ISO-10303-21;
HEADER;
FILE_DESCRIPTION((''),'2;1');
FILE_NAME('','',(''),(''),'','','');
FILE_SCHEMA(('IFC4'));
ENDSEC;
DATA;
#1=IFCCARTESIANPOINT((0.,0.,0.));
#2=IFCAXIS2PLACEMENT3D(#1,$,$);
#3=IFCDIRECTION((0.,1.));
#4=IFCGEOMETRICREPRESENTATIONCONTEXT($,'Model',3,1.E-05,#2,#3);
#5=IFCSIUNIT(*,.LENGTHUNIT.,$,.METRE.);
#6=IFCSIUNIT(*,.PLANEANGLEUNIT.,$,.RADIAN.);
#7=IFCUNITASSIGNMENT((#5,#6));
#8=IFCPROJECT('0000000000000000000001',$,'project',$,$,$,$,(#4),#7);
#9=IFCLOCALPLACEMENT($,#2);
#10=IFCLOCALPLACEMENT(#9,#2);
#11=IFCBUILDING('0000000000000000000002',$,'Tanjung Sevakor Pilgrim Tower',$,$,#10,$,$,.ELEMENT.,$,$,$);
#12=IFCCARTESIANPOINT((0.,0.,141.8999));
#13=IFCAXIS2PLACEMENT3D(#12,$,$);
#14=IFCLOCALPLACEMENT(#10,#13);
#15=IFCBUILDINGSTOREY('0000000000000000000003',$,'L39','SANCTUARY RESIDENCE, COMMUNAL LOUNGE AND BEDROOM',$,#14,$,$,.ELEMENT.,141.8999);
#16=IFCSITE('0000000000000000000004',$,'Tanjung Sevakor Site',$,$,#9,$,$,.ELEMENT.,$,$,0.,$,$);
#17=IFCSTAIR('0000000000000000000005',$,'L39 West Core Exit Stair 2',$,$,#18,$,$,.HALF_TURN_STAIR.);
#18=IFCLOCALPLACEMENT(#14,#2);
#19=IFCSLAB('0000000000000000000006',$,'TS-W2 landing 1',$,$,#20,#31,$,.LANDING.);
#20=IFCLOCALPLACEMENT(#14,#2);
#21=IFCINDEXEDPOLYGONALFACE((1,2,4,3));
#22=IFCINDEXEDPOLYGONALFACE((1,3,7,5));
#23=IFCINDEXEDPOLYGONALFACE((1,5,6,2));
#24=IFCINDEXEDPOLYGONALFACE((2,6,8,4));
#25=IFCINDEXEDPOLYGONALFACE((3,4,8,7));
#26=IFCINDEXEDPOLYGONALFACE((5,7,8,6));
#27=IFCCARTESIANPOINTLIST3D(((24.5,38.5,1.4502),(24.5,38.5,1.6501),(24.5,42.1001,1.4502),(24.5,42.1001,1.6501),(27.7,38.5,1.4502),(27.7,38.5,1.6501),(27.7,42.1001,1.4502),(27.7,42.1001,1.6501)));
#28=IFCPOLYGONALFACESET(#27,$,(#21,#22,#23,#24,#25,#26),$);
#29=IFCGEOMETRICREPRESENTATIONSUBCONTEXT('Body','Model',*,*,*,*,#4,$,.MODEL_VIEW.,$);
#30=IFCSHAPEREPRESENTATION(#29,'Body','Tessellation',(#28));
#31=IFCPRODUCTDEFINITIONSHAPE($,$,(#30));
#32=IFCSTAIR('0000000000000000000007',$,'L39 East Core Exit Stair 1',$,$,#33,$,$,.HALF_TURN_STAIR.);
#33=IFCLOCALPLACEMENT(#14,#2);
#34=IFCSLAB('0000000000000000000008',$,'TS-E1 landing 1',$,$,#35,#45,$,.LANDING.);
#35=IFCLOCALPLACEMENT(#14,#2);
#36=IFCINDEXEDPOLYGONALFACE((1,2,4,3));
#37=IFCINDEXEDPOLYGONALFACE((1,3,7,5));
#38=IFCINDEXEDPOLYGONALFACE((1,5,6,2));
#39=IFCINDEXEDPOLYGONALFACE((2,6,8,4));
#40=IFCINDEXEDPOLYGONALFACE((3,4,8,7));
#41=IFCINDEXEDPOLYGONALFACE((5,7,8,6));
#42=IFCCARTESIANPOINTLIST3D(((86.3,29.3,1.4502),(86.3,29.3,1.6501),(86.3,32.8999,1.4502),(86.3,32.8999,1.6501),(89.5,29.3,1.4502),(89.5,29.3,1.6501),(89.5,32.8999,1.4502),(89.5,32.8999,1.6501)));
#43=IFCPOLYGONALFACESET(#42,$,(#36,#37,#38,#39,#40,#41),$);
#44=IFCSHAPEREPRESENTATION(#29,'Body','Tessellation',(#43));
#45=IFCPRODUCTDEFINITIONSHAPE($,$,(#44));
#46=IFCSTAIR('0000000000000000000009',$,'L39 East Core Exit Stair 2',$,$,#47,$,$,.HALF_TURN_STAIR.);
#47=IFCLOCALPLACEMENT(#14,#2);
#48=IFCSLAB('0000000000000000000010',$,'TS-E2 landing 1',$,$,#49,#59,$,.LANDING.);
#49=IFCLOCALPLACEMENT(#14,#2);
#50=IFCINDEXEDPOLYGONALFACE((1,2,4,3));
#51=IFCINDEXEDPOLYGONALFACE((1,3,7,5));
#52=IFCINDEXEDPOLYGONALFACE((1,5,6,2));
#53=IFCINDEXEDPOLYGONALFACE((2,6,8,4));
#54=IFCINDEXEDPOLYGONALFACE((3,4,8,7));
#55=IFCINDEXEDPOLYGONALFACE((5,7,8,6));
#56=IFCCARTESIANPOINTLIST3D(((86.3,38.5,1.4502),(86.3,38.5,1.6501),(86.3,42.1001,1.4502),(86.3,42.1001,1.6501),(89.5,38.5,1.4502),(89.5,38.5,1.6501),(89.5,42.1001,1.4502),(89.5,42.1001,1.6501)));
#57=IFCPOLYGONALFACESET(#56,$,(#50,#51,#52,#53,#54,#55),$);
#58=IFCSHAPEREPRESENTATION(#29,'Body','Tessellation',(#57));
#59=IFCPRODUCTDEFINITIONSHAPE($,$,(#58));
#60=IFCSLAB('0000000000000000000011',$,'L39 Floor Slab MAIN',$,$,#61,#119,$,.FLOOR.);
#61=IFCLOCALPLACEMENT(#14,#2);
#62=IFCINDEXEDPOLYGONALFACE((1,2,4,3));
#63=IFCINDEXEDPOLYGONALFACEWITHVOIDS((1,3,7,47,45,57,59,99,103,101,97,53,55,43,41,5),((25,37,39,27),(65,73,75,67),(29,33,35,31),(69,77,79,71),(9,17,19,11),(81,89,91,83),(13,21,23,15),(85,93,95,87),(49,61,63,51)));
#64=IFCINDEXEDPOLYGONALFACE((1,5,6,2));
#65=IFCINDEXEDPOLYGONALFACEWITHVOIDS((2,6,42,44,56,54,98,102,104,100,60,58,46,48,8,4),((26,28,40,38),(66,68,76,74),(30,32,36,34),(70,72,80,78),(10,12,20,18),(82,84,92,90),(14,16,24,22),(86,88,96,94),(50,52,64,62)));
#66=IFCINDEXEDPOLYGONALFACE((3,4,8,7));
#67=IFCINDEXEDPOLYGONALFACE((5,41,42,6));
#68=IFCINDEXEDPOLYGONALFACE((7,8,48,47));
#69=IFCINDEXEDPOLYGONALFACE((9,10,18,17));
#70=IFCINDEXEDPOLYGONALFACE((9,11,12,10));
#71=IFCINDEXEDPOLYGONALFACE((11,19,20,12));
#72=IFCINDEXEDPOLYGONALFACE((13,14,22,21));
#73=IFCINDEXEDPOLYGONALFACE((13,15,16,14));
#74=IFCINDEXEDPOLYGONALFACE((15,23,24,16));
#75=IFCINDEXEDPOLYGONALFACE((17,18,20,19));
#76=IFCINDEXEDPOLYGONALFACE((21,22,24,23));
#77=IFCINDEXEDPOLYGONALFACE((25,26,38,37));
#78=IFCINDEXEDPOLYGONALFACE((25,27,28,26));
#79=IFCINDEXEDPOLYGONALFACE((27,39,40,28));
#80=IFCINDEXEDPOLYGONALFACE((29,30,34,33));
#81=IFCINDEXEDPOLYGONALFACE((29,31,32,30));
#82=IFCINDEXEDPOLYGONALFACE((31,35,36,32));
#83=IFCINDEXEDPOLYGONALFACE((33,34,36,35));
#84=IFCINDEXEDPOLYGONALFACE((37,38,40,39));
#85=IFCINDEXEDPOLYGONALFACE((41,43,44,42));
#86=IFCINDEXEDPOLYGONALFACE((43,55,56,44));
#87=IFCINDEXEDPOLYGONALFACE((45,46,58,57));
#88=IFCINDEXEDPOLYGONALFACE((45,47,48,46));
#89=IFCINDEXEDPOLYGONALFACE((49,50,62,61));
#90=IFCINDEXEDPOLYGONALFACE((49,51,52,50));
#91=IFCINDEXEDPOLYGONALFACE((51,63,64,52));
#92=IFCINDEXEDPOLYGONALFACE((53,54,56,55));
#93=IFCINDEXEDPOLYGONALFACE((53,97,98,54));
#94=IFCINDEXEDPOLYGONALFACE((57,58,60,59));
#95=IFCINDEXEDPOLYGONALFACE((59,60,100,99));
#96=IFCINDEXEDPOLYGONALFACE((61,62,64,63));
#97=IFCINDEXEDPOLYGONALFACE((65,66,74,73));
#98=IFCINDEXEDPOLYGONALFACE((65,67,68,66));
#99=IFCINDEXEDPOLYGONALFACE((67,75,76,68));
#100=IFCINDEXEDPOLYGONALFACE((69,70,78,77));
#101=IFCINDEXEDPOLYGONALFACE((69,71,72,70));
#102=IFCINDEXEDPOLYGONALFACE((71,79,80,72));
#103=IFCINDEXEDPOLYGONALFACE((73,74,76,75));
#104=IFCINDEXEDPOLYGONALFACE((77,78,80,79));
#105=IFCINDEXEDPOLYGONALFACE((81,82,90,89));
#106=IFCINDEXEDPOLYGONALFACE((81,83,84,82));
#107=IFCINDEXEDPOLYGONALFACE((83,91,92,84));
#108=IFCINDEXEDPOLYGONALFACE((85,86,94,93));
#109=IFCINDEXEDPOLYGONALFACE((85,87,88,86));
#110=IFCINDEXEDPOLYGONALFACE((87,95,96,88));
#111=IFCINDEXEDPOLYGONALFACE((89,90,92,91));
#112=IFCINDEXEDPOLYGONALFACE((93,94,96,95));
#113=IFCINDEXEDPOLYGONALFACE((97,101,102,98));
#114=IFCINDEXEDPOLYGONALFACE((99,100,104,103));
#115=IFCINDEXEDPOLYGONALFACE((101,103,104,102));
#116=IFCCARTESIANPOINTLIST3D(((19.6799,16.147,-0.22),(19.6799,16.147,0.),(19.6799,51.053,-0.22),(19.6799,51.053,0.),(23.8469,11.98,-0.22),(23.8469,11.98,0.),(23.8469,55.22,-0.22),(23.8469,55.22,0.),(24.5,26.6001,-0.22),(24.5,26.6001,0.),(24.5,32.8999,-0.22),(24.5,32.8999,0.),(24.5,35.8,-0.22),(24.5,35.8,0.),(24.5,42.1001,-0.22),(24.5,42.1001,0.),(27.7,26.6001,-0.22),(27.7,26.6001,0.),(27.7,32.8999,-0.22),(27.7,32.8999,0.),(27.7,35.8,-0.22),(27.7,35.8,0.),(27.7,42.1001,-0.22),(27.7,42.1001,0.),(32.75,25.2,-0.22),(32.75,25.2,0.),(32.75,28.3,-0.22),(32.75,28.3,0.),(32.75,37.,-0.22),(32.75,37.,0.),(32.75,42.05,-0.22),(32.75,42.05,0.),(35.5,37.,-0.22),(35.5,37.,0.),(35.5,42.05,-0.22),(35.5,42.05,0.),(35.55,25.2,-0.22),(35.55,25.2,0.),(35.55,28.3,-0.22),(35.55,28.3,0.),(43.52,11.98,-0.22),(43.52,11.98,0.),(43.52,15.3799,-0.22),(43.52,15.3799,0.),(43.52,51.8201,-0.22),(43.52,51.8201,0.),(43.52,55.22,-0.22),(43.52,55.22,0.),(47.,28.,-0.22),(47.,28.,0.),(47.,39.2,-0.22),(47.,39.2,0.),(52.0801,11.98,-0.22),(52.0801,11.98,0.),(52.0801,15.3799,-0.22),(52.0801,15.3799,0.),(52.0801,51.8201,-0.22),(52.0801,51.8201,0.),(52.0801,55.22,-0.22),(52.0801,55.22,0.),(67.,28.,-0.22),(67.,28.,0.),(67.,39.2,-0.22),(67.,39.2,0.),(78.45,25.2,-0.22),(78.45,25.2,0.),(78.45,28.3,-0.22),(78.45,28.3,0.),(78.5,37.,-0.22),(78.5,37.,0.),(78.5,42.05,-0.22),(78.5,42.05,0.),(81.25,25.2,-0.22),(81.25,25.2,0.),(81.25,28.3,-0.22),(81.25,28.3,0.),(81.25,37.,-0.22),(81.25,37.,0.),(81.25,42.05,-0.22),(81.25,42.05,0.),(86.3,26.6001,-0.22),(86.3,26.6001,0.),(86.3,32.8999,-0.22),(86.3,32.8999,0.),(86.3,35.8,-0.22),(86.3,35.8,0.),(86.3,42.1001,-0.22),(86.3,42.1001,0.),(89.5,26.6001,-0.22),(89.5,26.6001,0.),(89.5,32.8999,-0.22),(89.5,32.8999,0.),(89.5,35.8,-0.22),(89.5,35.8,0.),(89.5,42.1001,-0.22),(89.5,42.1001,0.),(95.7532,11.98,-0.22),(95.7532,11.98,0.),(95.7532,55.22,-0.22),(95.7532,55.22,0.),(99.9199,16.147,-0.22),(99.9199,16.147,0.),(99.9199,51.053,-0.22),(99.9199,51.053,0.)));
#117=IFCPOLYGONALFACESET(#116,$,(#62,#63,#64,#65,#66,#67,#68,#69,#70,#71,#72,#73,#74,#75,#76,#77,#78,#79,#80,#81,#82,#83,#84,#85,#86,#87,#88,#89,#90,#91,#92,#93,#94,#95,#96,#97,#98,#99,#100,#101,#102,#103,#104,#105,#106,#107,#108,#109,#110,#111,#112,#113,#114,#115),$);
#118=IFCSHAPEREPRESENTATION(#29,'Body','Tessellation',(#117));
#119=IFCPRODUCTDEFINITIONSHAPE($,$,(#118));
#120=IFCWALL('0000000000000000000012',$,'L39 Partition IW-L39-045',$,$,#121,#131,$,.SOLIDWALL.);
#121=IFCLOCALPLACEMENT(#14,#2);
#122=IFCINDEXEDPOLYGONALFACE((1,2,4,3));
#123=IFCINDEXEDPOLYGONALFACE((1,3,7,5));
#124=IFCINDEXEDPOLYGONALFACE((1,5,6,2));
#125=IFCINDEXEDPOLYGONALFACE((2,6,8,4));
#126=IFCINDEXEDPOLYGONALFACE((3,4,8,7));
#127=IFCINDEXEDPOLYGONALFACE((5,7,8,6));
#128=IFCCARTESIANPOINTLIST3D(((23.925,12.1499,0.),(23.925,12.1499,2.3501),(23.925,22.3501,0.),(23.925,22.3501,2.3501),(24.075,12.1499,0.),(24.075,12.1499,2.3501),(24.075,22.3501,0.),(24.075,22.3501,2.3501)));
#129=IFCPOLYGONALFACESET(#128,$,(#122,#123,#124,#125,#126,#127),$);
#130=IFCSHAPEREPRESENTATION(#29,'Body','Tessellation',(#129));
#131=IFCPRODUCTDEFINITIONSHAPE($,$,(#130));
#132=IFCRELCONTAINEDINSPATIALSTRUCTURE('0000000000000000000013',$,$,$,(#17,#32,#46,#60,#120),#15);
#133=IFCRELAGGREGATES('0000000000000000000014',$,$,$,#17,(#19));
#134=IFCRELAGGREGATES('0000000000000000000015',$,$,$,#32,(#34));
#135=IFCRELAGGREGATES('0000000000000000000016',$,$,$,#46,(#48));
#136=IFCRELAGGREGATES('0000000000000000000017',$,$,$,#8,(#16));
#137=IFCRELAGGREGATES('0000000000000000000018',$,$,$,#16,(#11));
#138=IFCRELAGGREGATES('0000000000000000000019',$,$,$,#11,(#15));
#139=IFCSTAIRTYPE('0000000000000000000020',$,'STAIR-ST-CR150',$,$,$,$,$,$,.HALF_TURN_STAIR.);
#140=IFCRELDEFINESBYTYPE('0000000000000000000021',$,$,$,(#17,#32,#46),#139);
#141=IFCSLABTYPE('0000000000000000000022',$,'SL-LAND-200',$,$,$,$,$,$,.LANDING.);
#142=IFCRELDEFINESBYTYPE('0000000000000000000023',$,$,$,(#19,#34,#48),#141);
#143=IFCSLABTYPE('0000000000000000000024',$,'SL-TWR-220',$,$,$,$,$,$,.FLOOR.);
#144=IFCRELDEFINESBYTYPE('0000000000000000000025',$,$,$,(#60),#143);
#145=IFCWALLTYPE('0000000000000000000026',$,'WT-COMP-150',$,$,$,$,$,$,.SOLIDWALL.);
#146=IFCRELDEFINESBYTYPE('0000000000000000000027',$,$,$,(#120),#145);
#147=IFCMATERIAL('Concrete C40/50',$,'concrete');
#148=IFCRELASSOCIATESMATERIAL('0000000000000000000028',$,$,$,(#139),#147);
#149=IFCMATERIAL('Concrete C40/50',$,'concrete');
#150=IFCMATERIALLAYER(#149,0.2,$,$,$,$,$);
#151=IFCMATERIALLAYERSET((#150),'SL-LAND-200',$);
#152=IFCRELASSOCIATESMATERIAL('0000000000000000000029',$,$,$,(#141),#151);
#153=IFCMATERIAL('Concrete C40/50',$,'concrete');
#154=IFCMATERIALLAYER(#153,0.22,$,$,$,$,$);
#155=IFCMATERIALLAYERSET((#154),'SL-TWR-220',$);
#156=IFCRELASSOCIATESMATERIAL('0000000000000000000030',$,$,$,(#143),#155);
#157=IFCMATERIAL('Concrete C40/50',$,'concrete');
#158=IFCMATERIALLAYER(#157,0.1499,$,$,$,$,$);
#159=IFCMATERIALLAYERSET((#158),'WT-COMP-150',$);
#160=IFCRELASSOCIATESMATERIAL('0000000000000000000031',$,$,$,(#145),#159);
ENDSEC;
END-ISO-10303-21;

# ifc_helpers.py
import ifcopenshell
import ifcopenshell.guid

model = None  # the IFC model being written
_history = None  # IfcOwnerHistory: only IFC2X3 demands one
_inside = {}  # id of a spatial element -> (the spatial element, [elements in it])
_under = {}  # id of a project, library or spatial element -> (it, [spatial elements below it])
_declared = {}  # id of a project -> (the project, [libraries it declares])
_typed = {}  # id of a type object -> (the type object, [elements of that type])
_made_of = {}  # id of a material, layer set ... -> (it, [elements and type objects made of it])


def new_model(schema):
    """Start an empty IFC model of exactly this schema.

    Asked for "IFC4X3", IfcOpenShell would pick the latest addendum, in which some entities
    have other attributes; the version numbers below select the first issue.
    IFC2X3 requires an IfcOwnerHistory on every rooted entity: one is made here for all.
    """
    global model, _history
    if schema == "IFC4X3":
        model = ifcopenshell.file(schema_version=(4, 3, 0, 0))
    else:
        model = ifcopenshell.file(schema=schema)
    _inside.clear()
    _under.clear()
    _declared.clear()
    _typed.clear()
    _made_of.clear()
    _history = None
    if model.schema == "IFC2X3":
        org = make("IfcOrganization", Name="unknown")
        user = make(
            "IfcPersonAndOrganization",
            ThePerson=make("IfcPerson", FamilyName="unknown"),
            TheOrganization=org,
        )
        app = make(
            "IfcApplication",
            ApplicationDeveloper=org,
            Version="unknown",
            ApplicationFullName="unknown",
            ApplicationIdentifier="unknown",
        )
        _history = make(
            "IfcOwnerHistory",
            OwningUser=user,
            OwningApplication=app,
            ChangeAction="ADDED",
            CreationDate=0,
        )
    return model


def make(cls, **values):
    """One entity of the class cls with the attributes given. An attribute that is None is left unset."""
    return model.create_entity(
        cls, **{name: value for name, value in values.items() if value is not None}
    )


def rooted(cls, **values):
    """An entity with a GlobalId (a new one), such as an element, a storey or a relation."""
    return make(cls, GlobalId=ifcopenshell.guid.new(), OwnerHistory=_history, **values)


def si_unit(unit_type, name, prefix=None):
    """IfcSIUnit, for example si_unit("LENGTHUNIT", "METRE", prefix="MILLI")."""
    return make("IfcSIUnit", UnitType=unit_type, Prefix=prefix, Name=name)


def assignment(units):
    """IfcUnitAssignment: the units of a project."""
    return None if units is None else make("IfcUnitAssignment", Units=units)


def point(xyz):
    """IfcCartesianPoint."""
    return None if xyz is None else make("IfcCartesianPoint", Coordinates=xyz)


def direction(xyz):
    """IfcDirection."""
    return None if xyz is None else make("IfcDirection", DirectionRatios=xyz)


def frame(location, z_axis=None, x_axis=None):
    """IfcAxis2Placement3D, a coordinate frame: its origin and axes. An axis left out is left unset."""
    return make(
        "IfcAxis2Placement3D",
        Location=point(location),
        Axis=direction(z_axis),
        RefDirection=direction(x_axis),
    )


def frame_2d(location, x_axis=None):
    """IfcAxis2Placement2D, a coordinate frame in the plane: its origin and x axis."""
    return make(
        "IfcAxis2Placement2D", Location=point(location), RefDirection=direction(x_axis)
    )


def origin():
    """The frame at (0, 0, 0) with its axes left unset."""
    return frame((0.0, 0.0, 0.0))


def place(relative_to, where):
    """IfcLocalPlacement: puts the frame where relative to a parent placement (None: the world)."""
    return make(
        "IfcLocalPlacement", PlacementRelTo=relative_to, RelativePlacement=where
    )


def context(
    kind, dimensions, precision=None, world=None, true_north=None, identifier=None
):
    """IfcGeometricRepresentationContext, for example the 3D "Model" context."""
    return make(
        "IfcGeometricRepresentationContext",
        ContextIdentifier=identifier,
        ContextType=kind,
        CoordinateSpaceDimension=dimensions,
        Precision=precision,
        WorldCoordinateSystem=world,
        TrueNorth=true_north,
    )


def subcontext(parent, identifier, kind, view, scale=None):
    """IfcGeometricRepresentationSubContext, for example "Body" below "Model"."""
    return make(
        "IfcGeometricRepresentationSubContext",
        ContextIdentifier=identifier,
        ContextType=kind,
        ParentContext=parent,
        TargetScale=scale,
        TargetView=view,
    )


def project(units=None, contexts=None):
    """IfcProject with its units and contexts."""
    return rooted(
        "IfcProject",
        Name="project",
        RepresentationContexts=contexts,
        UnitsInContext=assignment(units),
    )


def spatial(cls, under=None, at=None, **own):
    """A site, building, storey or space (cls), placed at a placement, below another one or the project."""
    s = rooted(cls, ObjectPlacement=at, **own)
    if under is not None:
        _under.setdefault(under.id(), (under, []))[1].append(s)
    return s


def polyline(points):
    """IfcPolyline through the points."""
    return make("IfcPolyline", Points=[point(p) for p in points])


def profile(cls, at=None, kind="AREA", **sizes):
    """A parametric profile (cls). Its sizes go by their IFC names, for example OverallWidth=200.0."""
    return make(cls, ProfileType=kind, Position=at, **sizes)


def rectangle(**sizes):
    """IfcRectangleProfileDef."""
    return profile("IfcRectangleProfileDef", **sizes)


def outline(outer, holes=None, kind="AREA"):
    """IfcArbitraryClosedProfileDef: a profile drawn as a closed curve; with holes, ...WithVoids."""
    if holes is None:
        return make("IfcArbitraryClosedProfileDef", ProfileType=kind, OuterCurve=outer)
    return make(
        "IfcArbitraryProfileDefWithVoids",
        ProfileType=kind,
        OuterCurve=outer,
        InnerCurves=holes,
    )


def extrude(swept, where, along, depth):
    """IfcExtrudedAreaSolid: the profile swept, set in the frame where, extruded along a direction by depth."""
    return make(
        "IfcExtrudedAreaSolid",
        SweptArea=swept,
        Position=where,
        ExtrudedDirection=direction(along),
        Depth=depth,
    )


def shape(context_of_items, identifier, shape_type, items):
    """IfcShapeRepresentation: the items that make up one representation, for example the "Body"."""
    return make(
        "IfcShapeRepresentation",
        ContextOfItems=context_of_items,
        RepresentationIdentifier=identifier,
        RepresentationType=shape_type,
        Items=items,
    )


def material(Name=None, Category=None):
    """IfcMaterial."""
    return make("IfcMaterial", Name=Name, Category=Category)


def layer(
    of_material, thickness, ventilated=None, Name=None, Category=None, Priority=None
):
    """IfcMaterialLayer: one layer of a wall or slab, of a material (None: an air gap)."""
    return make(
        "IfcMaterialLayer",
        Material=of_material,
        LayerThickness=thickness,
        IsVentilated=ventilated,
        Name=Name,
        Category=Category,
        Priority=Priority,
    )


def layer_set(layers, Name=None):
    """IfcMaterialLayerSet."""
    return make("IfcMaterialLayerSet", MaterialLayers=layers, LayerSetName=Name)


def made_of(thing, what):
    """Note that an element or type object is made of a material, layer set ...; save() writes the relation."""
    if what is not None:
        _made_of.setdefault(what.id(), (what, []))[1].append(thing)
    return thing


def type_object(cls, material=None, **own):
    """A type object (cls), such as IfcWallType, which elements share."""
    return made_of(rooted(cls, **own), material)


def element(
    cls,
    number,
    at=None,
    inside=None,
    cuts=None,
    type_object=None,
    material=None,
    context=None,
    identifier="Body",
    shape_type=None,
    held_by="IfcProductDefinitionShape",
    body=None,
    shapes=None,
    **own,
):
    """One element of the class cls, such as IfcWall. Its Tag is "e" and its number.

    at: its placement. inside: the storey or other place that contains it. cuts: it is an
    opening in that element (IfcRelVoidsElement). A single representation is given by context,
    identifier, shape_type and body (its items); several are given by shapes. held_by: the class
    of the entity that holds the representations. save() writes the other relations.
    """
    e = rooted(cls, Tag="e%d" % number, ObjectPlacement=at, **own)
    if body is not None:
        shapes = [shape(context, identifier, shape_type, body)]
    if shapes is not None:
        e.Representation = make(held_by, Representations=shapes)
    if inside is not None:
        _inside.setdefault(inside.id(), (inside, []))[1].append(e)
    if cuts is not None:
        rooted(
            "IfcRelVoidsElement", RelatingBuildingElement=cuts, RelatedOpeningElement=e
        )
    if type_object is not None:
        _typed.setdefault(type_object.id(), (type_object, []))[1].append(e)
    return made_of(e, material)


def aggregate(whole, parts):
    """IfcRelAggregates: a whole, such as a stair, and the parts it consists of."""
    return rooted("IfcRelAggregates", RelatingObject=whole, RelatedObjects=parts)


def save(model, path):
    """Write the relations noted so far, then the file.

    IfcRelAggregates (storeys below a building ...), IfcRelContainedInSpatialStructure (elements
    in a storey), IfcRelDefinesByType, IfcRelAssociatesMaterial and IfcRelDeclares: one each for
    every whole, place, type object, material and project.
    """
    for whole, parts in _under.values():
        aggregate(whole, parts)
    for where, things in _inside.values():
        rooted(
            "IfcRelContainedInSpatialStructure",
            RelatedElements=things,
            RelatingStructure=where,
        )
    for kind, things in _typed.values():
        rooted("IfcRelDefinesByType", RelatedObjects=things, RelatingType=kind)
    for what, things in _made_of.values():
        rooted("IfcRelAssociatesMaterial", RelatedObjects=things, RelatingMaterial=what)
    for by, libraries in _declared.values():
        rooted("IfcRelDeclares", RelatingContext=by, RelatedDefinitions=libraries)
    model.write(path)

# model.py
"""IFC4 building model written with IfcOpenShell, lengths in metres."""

from ifc_helpers import new_model, si_unit, direction, frame, frame_2d, origin, place, context, subcontext, project, spatial, polyline, rectangle, outline, extrude, material, layer, layer_set, type_object, element, aggregate, save


model = new_model("IFC4")

# Units and contexts
model_context = context("Model", 3, precision=1e-05, world=origin(), true_north=direction((0.0, 1.0)))
body_context = subcontext(model_context, "Body", "Model", "MODEL_VIEW")
ifc_project = project(units=[si_unit("LENGTHUNIT", "METRE"), si_unit("PLANEANGLEUNIT", "RADIAN")], contexts=[model_context])

# Site, building, storey
site_placement = place(None, origin())
site = spatial("IfcSite", under=ifc_project, at=site_placement, Name="Tanjung Sevakor Site", CompositionType="ELEMENT", RefElevation=0.0)
building_placement = place(site_placement, origin())
building = spatial("IfcBuilding", under=site, at=building_placement, Name="Tanjung Sevakor Pilgrim Tower", CompositionType="ELEMENT")
storey_placement = place(building_placement, frame((0.0, 0.0, 141.8999)))
storey = spatial("IfcBuildingStorey", under=building, at=storey_placement, Name="L39", Description="SANCTUARY RESIDENCE, COMMUNAL LOUNGE AND BEDROOM", CompositionType="ELEMENT", Elevation=141.8999)

# Stairs, slabs
ifc_material_1 = material(Name="Concrete C40/50", Category="concrete")
stair_type = type_object("IfcStairType", Name="STAIR-ST-CR150", PredefinedType="HALF_TURN_STAIR", material=ifc_material_1)
ifc_material_2 = material(Name="Concrete C40/50", Category="concrete")
ifc_layer_1 = layer(ifc_material_2, 0.2)
ifc_layer_set_1 = layer_set([ifc_layer_1], Name="SL-LAND-200")
slab_type_1 = type_object("IfcSlabType", Name="SL-LAND-200", PredefinedType="LANDING", material=ifc_layer_set_1)
stair_1_placement = place(storey_placement, origin())
stair_1 = element("IfcStair", 1, at=stair_1_placement, inside=storey, type_object=stair_type, Name="L39 West Core Exit Stair 2", PredefinedType="HALF_TURN_STAIR")
slab_1_placement = place(storey_placement, frame((0.0, 0.0, 1.4502)))
slab_1 = element("IfcSlab", 2, at=slab_1_placement, type_object=slab_type_1, Name="TS-W2 landing 1", PredefinedType="LANDING", context=body_context, shape_type="SweptSolid", body=[
    extrude(outline(polyline([(27.7, 38.5), (27.7, 42.1001), (24.5, 42.1001), (24.5, 38.5), (27.7, 38.5)])), origin(), (0.0, 0.0, 1.0), 0.2),
])
aggregate(stair_1, [slab_1])
stair_2_placement = place(storey_placement, origin())
stair_2 = element("IfcStair", 3, at=stair_2_placement, inside=storey, type_object=stair_type, Name="L39 East Core Exit Stair 1", PredefinedType="HALF_TURN_STAIR")
slab_2_placement = place(storey_placement, frame((0.0, 0.0, 1.4502)))
slab_2 = element("IfcSlab", 4, at=slab_2_placement, type_object=slab_type_1, Name="TS-E1 landing 1", PredefinedType="LANDING", context=body_context, shape_type="SweptSolid", body=[
    extrude(outline(polyline([(89.5, 29.3), (89.5, 32.8999), (86.3, 32.8999), (86.3, 29.3), (89.5, 29.3)])), origin(), (0.0, 0.0, 1.0), 0.2),
])
aggregate(stair_2, [slab_2])
stair_3_placement = place(storey_placement, origin())
stair_3 = element("IfcStair", 5, at=stair_3_placement, inside=storey, type_object=stair_type, Name="L39 East Core Exit Stair 2", PredefinedType="HALF_TURN_STAIR")
slab_3_placement = place(storey_placement, frame((0.0, 0.0, 1.4502)))
slab_3 = element("IfcSlab", 6, at=slab_3_placement, type_object=slab_type_1, Name="TS-E2 landing 1", PredefinedType="LANDING", context=body_context, shape_type="SweptSolid", body=[
    extrude(outline(polyline([(89.5, 38.5), (89.5, 42.1001), (86.3, 42.1001), (86.3, 38.5), (89.5, 38.5)])), origin(), (0.0, 0.0, 1.0), 0.2),
])
aggregate(stair_3, [slab_3])

# Slab
ifc_material_3 = material(Name="Concrete C40/50", Category="concrete")
ifc_layer_2 = layer(ifc_material_3, 0.22)
ifc_layer_set_2 = layer_set([ifc_layer_2], Name="SL-TWR-220")
slab_type_2 = type_object("IfcSlabType", Name="SL-TWR-220", PredefinedType="FLOOR", material=ifc_layer_set_2)
slab_4_placement = place(storey_placement, frame((0.0, 0.0, -0.22)))
element("IfcSlab", 7, at=slab_4_placement, inside=storey, type_object=slab_type_2, Name="L39 Floor Slab MAIN", PredefinedType="FLOOR", context=body_context, shape_type="SweptSolid", body=[
    extrude(outline(polyline([(23.8469, 11.98), (43.52, 11.98), (43.52, 15.3799), (52.0801, 15.3799), (52.0801, 11.98), (95.7532, 11.98), (99.9199, 16.147), (99.9199, 51.053), (95.7532, 55.22), (52.0801, 55.22), (52.0801, 51.8201), (43.52, 51.8201), (43.52, 55.22), (23.8469, 55.22), (19.6799, 51.053), (19.6799, 16.147), (23.8469, 11.98)]), holes=[polyline([(27.7, 26.6001), (27.7, 32.8999), (24.5, 32.8999), (24.5, 26.6001), (27.7, 26.6001)]), polyline([(27.7, 35.8), (27.7, 42.1001), (24.5, 42.1001), (24.5, 35.8), (27.7, 35.8)]), polyline([(89.5, 26.6001), (89.5, 32.8999), (86.3, 32.8999), (86.3, 26.6001), (89.5, 26.6001)]), polyline([(89.5, 35.8), (89.5, 42.1001), (86.3, 42.1001), (86.3, 35.8), (89.5, 35.8)]), polyline([(32.75, 25.2), (35.55, 25.2), (35.55, 28.3), (32.75, 28.3), (32.75, 25.2)]), polyline([(32.75, 37.0), (35.5, 37.0), (35.5, 42.05), (32.75, 42.05), (32.75, 37.0)]), polyline([(78.45, 25.2), (81.25, 25.2), (81.25, 28.3), (78.45, 28.3), (78.45, 25.2)]), polyline([(78.5, 37.0), (81.25, 37.0), (81.25, 42.05), (78.5, 42.05), (78.5, 37.0)]), polyline([(47.0, 28.0), (67.0, 28.0), (67.0, 39.2), (47.0, 39.2), (47.0, 28.0)])]), origin(), (0.0, 0.0, 1.0), 0.22),
])

# Wall
ifc_material_4 = material(Name="Concrete C40/50", Category="concrete")
ifc_layer_3 = layer(ifc_material_4, 0.1499)
ifc_layer_set_3 = layer_set([ifc_layer_3], Name="WT-COMP-150")
wall_type_1 = type_object("IfcWallType", Name="WT-COMP-150", PredefinedType="SOLIDWALL", material=ifc_layer_set_3)
wall_1_placement = place(storey_placement, frame((24.0, 12.1499, 0.0), z_axis=(0.0, 0.0, 1.0), x_axis=(0.0, 1.0, 0.0)))
element("IfcWall", 8, at=wall_1_placement, inside=storey, type_object=wall_type_1, Name="L39 Partition IW-L39-045", PredefinedType="SOLIDWALL", context=body_context, shape_type="SweptSolid", body=[
    extrude(rectangle(XDim=10.2002, YDim=0.1499, at=frame_2d((5.1001, 0.0))), origin(), (0.0, 0.0, 1.0), 2.3501),
])

save(model, "model.ifc")
